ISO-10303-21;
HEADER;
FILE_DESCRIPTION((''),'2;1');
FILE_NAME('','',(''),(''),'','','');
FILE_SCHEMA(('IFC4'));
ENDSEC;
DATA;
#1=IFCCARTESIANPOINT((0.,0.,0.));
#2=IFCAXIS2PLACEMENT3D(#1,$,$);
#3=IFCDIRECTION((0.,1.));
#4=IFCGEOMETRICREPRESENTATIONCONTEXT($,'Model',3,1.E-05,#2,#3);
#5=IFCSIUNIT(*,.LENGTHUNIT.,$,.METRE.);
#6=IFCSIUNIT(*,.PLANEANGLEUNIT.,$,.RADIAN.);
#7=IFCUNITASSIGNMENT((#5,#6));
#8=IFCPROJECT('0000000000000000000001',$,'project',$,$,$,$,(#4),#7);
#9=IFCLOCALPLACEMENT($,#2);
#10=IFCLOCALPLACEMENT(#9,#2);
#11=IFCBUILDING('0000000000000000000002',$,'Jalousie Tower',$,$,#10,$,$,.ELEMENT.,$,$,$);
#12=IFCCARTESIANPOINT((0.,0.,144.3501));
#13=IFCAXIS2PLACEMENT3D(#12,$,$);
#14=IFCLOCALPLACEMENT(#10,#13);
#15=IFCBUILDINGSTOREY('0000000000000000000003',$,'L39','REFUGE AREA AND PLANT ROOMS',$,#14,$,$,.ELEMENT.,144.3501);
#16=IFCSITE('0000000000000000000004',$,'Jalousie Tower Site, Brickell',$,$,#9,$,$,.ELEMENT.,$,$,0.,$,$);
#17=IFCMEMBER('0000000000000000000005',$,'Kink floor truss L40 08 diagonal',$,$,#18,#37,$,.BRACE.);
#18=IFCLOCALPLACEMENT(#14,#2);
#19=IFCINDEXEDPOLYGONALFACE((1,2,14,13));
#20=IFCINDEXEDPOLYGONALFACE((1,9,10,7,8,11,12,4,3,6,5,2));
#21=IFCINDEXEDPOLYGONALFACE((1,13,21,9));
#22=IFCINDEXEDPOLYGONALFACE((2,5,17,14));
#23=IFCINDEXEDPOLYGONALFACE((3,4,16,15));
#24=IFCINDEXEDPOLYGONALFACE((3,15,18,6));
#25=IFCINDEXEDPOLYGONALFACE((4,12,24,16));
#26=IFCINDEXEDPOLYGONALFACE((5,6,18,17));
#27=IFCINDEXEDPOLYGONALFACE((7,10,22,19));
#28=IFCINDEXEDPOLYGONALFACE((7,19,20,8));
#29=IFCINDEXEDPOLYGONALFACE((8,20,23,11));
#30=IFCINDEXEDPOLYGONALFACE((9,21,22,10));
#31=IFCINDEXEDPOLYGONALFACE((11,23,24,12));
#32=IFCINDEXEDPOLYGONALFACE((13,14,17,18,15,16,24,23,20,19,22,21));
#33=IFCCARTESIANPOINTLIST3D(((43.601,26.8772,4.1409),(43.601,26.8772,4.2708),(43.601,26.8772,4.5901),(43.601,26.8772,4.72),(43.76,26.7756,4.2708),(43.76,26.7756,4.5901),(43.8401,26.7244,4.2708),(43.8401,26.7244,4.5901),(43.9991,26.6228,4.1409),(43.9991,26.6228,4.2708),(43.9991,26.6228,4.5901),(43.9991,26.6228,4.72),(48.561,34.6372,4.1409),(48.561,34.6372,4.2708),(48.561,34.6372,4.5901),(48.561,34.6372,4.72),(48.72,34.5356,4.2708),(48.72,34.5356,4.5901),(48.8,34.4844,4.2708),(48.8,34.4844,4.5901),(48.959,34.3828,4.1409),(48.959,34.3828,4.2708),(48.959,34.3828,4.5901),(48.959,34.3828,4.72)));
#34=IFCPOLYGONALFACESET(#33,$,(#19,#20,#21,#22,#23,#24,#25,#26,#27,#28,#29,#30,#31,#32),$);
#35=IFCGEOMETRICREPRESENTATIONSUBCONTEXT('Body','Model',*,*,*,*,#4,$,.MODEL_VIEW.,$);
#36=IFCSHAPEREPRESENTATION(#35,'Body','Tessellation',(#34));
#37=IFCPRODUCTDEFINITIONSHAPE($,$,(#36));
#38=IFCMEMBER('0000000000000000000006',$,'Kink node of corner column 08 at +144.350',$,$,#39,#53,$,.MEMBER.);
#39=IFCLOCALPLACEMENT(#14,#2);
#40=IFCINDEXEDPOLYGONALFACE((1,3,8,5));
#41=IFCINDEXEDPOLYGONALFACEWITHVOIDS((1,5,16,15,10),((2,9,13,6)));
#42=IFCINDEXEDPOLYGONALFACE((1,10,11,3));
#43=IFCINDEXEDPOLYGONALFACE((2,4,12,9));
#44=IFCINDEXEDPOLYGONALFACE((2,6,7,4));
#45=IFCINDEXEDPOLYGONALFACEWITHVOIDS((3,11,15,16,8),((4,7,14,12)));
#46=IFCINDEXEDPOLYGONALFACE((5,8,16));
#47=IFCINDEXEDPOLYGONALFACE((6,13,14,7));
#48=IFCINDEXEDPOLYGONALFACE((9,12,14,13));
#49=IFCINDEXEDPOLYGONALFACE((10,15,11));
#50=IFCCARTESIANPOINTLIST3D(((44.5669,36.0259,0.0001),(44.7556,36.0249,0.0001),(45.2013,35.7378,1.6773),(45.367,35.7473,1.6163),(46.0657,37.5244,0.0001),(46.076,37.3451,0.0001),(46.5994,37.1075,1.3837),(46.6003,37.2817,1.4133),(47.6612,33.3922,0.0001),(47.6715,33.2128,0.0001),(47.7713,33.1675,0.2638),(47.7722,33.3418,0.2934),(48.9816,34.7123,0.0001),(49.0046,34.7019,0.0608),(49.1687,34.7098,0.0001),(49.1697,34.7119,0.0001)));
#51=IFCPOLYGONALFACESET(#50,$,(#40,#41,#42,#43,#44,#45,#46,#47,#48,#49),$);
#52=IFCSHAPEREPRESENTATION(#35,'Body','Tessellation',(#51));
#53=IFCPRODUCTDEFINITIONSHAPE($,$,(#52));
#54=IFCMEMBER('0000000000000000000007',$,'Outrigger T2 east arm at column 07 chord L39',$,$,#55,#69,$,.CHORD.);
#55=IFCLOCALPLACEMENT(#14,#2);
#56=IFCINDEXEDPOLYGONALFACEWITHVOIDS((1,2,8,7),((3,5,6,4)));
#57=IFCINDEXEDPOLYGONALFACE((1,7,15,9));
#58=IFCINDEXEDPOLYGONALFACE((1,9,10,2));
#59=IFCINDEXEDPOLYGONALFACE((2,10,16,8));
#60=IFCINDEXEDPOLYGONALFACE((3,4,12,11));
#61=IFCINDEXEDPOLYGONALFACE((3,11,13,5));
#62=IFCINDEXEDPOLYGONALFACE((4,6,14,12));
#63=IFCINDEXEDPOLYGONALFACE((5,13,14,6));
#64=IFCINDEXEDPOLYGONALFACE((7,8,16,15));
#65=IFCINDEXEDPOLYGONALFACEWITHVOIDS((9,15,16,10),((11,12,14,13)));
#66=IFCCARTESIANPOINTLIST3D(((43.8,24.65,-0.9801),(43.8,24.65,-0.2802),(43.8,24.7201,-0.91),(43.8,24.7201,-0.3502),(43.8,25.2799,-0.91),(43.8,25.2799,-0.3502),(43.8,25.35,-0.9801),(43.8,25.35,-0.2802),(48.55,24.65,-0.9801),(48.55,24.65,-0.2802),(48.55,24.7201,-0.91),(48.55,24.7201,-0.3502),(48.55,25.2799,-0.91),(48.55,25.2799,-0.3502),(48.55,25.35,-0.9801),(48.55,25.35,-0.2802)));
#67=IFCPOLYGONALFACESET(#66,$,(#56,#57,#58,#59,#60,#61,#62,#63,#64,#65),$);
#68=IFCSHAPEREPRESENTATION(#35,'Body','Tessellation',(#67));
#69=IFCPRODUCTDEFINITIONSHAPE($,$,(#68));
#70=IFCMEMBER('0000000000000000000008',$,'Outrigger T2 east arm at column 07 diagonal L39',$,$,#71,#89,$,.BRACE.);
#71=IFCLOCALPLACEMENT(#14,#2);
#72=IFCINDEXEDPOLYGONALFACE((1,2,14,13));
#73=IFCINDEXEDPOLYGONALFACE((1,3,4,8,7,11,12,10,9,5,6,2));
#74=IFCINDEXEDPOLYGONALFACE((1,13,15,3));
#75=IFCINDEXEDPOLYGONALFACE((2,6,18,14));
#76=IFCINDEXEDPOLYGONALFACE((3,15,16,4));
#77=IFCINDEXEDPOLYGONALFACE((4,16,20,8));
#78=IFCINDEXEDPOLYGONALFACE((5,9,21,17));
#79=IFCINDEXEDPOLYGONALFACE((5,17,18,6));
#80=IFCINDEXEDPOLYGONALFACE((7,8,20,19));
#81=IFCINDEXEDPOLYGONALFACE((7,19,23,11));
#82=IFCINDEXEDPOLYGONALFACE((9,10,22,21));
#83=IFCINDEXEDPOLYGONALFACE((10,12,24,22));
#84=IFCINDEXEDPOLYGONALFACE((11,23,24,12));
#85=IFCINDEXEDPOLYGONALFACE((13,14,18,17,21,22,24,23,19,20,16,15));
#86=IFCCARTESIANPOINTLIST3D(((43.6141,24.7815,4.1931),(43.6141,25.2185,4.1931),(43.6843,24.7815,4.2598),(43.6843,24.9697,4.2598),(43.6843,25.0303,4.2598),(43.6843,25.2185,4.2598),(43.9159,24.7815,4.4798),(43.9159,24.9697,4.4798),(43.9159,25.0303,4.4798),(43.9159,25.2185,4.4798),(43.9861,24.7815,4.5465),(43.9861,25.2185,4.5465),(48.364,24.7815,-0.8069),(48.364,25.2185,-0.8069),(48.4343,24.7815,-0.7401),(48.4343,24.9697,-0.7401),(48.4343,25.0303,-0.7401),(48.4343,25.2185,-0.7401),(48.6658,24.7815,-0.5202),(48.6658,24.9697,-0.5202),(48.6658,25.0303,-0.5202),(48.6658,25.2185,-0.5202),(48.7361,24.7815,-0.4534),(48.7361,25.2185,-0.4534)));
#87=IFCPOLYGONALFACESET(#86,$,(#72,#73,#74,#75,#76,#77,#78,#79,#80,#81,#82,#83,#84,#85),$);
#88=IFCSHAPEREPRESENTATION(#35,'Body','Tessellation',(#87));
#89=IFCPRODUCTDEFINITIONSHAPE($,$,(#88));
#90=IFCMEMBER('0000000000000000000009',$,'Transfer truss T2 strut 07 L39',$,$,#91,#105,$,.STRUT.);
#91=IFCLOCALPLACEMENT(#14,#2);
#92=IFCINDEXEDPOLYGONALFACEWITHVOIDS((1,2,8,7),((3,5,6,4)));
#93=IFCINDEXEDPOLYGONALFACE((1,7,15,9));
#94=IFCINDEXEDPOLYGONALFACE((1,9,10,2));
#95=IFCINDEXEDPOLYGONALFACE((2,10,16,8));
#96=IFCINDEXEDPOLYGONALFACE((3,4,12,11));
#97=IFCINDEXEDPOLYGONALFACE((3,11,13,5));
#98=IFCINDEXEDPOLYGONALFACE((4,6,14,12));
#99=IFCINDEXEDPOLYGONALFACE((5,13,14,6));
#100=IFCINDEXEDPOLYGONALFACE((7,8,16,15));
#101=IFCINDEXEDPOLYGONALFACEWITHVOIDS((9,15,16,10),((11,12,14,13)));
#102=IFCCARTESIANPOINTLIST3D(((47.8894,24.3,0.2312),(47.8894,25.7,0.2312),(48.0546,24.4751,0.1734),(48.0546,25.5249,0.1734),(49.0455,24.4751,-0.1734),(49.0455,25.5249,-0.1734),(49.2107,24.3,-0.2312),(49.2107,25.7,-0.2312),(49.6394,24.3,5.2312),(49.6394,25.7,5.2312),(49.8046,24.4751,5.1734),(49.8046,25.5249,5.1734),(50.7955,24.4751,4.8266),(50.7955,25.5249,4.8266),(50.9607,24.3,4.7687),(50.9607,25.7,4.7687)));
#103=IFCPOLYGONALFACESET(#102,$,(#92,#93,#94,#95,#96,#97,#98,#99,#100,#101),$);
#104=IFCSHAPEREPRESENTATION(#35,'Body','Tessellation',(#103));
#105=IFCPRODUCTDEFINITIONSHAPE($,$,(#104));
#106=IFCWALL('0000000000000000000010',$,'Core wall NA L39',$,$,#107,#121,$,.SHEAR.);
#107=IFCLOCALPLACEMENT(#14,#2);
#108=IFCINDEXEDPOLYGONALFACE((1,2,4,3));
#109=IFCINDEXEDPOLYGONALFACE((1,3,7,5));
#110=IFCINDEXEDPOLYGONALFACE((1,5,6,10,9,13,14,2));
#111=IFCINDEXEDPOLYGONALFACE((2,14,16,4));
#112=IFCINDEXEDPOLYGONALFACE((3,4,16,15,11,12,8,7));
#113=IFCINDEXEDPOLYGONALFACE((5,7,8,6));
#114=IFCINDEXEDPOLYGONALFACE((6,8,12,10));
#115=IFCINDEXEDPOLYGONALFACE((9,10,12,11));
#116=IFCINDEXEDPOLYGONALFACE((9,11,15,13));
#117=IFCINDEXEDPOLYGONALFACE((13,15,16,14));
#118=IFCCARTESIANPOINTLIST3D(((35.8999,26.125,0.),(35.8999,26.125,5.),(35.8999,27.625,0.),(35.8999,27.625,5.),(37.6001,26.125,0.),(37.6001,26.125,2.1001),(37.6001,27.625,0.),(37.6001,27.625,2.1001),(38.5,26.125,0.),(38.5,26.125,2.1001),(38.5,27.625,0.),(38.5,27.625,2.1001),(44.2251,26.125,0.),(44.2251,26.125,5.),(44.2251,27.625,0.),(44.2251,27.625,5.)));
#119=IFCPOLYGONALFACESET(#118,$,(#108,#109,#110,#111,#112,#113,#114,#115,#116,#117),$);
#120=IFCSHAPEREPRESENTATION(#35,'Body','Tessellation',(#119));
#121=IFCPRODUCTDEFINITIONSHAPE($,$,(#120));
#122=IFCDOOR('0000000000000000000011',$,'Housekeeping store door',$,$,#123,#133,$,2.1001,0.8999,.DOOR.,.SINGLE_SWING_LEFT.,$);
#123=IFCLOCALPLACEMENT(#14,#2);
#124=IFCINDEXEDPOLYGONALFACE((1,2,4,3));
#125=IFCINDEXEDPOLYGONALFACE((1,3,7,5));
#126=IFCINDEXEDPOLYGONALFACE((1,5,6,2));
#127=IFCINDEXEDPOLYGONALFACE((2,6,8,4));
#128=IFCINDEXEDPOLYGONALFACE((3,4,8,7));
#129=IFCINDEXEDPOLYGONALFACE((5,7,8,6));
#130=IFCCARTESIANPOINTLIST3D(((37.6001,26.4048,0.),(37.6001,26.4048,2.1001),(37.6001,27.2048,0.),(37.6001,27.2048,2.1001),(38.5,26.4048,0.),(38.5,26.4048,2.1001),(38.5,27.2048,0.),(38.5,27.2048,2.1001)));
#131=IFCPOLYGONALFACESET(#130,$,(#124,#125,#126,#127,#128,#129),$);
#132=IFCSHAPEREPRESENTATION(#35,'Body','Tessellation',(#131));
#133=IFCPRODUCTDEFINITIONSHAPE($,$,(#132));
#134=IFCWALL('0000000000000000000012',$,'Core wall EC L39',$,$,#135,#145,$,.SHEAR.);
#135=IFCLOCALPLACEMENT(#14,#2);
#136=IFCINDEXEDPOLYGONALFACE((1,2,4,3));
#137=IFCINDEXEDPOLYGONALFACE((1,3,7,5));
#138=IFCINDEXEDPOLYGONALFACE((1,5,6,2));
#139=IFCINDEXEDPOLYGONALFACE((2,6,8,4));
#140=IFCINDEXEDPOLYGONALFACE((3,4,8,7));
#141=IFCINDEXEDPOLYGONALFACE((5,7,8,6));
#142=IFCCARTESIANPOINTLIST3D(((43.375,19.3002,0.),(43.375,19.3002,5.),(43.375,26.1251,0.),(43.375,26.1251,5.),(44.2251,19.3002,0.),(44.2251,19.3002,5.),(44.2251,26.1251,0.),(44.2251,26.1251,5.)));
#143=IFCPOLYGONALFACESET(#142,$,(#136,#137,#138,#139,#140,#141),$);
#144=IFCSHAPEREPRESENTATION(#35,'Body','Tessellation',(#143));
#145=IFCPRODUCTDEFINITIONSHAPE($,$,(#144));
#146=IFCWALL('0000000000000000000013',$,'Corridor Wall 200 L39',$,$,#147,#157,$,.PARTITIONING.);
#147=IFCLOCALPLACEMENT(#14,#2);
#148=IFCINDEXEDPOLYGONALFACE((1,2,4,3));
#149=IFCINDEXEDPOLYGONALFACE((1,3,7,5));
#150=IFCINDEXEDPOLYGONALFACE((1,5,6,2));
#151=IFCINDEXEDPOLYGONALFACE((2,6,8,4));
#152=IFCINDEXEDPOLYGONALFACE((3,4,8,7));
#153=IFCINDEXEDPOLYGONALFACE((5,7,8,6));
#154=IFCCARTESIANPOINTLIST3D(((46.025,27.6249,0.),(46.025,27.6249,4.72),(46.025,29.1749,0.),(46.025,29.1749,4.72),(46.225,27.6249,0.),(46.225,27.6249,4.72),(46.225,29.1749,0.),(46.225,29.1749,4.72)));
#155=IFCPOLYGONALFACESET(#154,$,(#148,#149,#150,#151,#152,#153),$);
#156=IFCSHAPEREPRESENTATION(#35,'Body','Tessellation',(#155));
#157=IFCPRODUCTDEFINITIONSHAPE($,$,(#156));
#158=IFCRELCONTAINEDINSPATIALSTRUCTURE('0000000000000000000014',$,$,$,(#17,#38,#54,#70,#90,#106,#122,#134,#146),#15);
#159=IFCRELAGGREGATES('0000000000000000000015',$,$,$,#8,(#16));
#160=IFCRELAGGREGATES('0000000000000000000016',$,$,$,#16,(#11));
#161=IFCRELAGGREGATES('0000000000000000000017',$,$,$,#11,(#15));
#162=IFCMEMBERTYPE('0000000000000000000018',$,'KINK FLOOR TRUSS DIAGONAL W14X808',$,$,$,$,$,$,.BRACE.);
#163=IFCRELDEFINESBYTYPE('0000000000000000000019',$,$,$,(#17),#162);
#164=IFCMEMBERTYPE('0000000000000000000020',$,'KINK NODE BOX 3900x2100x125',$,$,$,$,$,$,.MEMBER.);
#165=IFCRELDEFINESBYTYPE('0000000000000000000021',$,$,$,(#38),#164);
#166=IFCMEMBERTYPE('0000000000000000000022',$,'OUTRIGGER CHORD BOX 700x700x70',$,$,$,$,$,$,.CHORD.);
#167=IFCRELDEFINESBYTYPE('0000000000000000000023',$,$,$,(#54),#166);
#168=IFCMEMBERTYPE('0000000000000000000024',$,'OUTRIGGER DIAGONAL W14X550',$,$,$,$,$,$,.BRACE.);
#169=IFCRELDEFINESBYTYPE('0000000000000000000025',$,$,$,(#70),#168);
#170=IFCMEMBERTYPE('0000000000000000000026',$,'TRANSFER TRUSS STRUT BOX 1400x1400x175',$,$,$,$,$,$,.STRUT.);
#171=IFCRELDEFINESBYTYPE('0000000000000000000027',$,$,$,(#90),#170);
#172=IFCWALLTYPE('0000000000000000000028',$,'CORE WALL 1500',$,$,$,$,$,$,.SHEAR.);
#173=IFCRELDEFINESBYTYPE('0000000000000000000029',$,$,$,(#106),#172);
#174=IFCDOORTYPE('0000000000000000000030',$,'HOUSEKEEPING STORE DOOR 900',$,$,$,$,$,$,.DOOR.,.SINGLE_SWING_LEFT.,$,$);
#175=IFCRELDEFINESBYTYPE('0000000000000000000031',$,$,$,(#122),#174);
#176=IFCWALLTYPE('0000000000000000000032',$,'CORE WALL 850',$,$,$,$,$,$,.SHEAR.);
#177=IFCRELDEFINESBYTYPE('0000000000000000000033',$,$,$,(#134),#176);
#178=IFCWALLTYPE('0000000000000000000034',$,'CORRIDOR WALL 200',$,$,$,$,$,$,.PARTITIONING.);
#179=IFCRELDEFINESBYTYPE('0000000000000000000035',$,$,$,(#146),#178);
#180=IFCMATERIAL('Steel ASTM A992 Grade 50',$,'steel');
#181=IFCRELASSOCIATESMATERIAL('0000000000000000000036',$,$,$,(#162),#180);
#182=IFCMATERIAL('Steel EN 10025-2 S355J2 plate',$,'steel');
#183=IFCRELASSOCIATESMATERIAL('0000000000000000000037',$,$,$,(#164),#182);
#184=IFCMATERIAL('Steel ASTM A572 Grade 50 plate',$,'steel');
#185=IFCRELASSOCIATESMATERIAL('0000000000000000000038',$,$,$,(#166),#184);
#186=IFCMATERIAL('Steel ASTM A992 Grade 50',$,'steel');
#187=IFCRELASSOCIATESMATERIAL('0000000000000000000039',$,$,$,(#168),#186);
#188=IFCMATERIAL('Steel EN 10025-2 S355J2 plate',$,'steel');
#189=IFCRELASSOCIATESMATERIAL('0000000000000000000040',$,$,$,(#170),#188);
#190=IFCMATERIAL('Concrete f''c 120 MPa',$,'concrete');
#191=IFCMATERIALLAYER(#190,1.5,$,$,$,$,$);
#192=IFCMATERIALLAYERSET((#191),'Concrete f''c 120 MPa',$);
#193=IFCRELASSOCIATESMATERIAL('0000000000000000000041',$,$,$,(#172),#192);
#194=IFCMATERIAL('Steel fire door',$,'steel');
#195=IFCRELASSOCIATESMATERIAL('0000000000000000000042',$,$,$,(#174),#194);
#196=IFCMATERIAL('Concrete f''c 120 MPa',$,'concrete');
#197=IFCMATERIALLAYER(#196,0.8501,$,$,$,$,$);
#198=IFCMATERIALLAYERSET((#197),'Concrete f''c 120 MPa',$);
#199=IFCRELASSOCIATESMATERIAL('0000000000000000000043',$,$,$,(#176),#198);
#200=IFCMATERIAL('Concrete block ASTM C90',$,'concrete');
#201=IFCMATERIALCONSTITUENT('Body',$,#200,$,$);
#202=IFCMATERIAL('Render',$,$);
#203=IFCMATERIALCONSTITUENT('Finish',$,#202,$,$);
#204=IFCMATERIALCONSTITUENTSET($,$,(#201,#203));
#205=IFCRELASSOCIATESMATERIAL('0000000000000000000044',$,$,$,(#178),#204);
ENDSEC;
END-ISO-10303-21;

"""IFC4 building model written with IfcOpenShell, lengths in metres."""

from ifc_helpers import new_model, si_unit, direction, frame, frame_2d, origin, origin_2d, place, context, subcontext, project, spatial, rectangle, hollow_rectangle, i_section, extrude, clip, halfspace, material, layer, layer_set, constituent, constituent_set, material_profile, profile_set, type_object, element, fill, save


model = new_model("IFC4")

# Units and contexts
model_context = context("Model", 3, precision=1e-05, world=origin(), true_north=direction((0.0, 1.0)))
body_context = subcontext(model_context, "Body", "Model", "MODEL_VIEW")
ifc_project = project(units=[si_unit("LENGTHUNIT", "METRE"), si_unit("PLANEANGLEUNIT", "RADIAN")], contexts=[model_context])

# Site, building, storey
site_placement = place(None, origin())
site = spatial("IfcSite", under=ifc_project, at=site_placement, Name="Jalousie Tower Site, Brickell", CompositionType="ELEMENT", RefElevation=0.0)
building_placement = place(site_placement, origin())
building = spatial("IfcBuilding", under=site, at=building_placement, Name="Jalousie Tower", CompositionType="ELEMENT")
storey_placement = place(building_placement, frame((0.0, 0.0, 144.3501)))
storey = spatial("IfcBuildingStorey", under=building, at=storey_placement, Name="L39", Description="REFUGE AREA AND PLANT ROOMS", CompositionType="ELEMENT", Elevation=144.3501)

# Members
ifc_material_1 = material(Name="Steel ASTM A992 Grade 50", Category="steel")
ifc_material_profile_1 = material_profile(ifc_material_1, i_section(OverallWidth=0.4724, OverallDepth=0.5791, WebThickness=0.095, FlangeThickness=0.1299, at=origin_2d()), Name="W14X808")
ifc_profile_set_1 = profile_set([ifc_material_profile_1], Name="Steel ASTM A992 Grade 50")
member_type_1 = type_object("IfcMemberType", Name="KINK FLOOR TRUSS DIAGONAL W14X808", PredefinedType="BRACE", material=ifc_profile_set_1)
member_1_placement = place(storey_placement, frame((48.76, 34.51, 4.4304), z_axis=(-0.538557, -0.842589, 0.0), x_axis=(0.842589, -0.538557, 0.0)))
element("IfcMember", 1, at=member_1_placement, inside=storey, type_object=member_type_1, Name="Kink floor truss L40 08 diagonal", PredefinedType="BRACE", context=body_context, shape_type="SweptSolid", body=[
    extrude(i_section(OverallWidth=0.4724, OverallDepth=0.5791, WebThickness=0.095, FlangeThickness=0.1299, at=origin_2d()), origin(), (0.0, 0.0, 1.0), 9.2097),
])
ifc_material_2 = material(Name="Steel EN 10025-2 S355J2 plate", Category="steel")
ifc_material_profile_2 = material_profile(ifc_material_2, hollow_rectangle(XDim=2.1001, YDim=3.8999, WallThickness=0.125, at=origin_2d()), Name="BOX 3900x2100x125")
ifc_profile_set_2 = profile_set([ifc_material_profile_2], Name="Steel EN 10025-2 S355J2 plate")
member_type_2 = type_object("IfcMemberType", Name="KINK NODE BOX 3900x2100x125", PredefinedType="MEMBER", material=ifc_profile_set_2)
member_2_placement = place(storey_placement, frame((46.5513, 35.5127, -0.8389), z_axis=(0.349315, -0.158596, 0.923486), x_axis=(-0.666127, -0.735167, 0.125712)))
element("IfcMember", 2, at=member_2_placement, inside=storey, type_object=member_type_2, Name="Kink node of corner column 08 at +144.350", PredefinedType="MEMBER", context=body_context, shape_type="Clipping", body=[
    clip(extrude(hollow_rectangle(XDim=2.1001, YDim=3.8999, WallThickness=0.125, at=origin_2d()), origin(), (0.0, 0.0, 1.0), 1.8164), halfspace(frame((0.0, 0.0, 0.9084), z_axis=(0.125712, -0.36245, 0.923486)), True)),
])
ifc_material_3 = material(Name="Steel ASTM A572 Grade 50 plate", Category="steel")
ifc_material_profile_3 = material_profile(ifc_material_3, hollow_rectangle(XDim=0.7, YDim=0.7, WallThickness=0.0701, at=origin_2d()), Name="BOX 700x700x70")
ifc_profile_set_3 = profile_set([ifc_material_profile_3], Name="Steel ASTM A572 Grade 50 plate")
member_type_3 = type_object("IfcMemberType", Name="OUTRIGGER CHORD BOX 700x700x70", PredefinedType="CHORD", material=ifc_profile_set_3)
member_3_placement = place(storey_placement, frame((48.55, 25.0, -0.6301), z_axis=(-1.0, 0.0, 0.0), x_axis=(0.0, -1.0, 0.0)))
element("IfcMember", 3, at=member_3_placement, inside=storey, type_object=member_type_3, Name="Outrigger T2 east arm at column 07 chord L39", PredefinedType="CHORD", context=body_context, shape_type="SweptSolid", body=[
    extrude(hollow_rectangle(XDim=0.7, YDim=0.7, WallThickness=0.0701, at=origin_2d()), origin(), (0.0, 0.0, 1.0), 4.75),
])
ifc_material_4 = material(Name="Steel ASTM A992 Grade 50", Category="steel")
ifc_material_profile_4 = material_profile(ifc_material_4, i_section(OverallWidth=0.437, OverallDepth=0.5132, WebThickness=0.0605, FlangeThickness=0.0969, at=origin_2d()), Name="W14X550")
ifc_profile_set_4 = profile_set([ifc_material_profile_4], Name="Steel ASTM A992 Grade 50")
member_type_4 = type_object("IfcMemberType", Name="OUTRIGGER DIAGONAL W14X550", PredefinedType="BRACE", material=ifc_profile_set_4)
member_4_placement = place(storey_placement, frame((48.55, 25.0, -0.6301), z_axis=(-0.688749, 0.0, 0.724999), x_axis=(0.0, -1.0, 0.0)))
element("IfcMember", 4, at=member_4_placement, inside=storey, type_object=member_type_4, Name="Outrigger T2 east arm at column 07 diagonal L39", PredefinedType="BRACE", context=body_context, shape_type="SweptSolid", body=[
    extrude(i_section(OverallWidth=0.437, OverallDepth=0.5132, WebThickness=0.0605, FlangeThickness=0.0969, at=origin_2d()), origin(), (0.0, 0.0, 1.0), 6.8965),
])
ifc_material_5 = material(Name="Steel EN 10025-2 S355J2 plate", Category="steel")
ifc_material_profile_5 = material_profile(ifc_material_5, hollow_rectangle(XDim=1.3999, YDim=1.3999, WallThickness=0.175, at=origin_2d()), Name="BOX 1400x1400x175")
ifc_profile_set_5 = profile_set([ifc_material_profile_5], Name="Steel EN 10025-2 S355J2 plate")
member_type_5 = type_object("IfcMemberType", Name="TRANSFER TRUSS STRUT BOX 1400x1400x175", PredefinedType="STRUT", material=ifc_profile_set_5)
member_5_placement = place(storey_placement, frame((48.55, 25.0, 0.0), z_axis=(0.33035, 0.0, 0.943858), x_axis=(0.0, 1.0, 0.0)))
element("IfcMember", 5, at=member_5_placement, inside=storey, type_object=member_type_5, Name="Transfer truss T2 strut 07 L39", PredefinedType="STRUT", context=body_context, shape_type="SweptSolid", body=[
    extrude(hollow_rectangle(XDim=1.3999, YDim=1.3999, WallThickness=0.175, at=origin_2d()), origin(), (0.0, 0.0, 1.0), 5.2974),
])

# Wall, opening, door
ifc_material_6 = material(Name="Concrete f'c 120 MPa", Category="concrete")
ifc_layer_1 = layer(ifc_material_6, 1.5)
ifc_layer_set_1 = layer_set([ifc_layer_1], Name="Concrete f'c 120 MPa")
wall_type_1 = type_object("IfcWallType", Name="CORE WALL 1500", PredefinedType="SHEAR", material=ifc_layer_set_1)
wall_1_placement = place(storey_placement, frame((44.2251, 26.875, 0.0), z_axis=(0.0, 0.0, 1.0), x_axis=(-1.0, 0.0, 0.0)))
wall_1 = element("IfcWall", 6, at=wall_1_placement, inside=storey, type_object=wall_type_1, Name="Core wall NA L39", PredefinedType="SHEAR", context=body_context, shape_type="SweptSolid", body=[
    extrude(rectangle(XDim=8.3252, YDim=1.5, at=frame_2d((4.1626, 0.0))), origin(), (0.0, 0.0, 1.0), 5.0),
])
opening_placement = place(wall_1_placement, frame((5.7251, 0.0, 0.0)))
opening = element("IfcOpeningElement", 7, at=opening_placement, cuts=wall_1, PredefinedType="OPENING", context=body_context, shape_type="SweptSolid", body=[
    extrude(rectangle(XDim=0.8999, YDim=2.1001, at=frame_2d((0.45, 1.05))), frame((0.0, 0.76, 0.0), z_axis=(0.0, -1.0, 0.0), x_axis=(1.0, 0.0, 0.0)), (0.0, 0.0, 1.0), 1.52),
])
ifc_material_7 = material(Name="Steel fire door", Category="steel")
door_type = type_object("IfcDoorType", Name="HOUSEKEEPING STORE DOOR 900", OperationType="SINGLE_SWING_LEFT", PredefinedType="DOOR", material=ifc_material_7)
door_placement = place(opening_placement, origin())
door = element("IfcDoor", 8, at=door_placement, inside=storey, type_object=door_type, Name="Housekeeping store door", OperationType="SINGLE_SWING_LEFT", OverallHeight=2.1001, OverallWidth=0.8999, PredefinedType="DOOR", context=body_context, shape_type="SweptSolid", body=[
    extrude(rectangle(XDim=0.8999, YDim=2.1001, at=frame_2d((0.45, 1.05))), frame((0.0, 0.4702, 0.0), z_axis=(0.0, -1.0, 0.0), x_axis=(1.0, 0.0, 0.0)), (0.0, 0.0, 1.0), 0.8),
])
fill(opening, door)

# Walls
ifc_material_8 = material(Name="Concrete f'c 120 MPa", Category="concrete")
ifc_layer_2 = layer(ifc_material_8, 0.8501)
ifc_layer_set_2 = layer_set([ifc_layer_2], Name="Concrete f'c 120 MPa")
wall_type_2 = type_object("IfcWallType", Name="CORE WALL 850", PredefinedType="SHEAR", material=ifc_layer_set_2)
wall_2_placement = place(storey_placement, frame((43.8, 19.3, 0.0), z_axis=(0.0, 0.0, 1.0), x_axis=(0.0, 1.0, 0.0)))
element("IfcWall", 9, at=wall_2_placement, inside=storey, type_object=wall_type_2, Name="Core wall EC L39", PredefinedType="SHEAR", context=body_context, shape_type="SweptSolid", body=[
    extrude(rectangle(XDim=6.825, YDim=0.8501, at=frame_2d((3.4126, 0.0))), origin(), (0.0, 0.0, 1.0), 5.0),
])
ifc_material_9 = material(Name="Concrete block ASTM C90", Category="concrete")
ifc_constituent_1 = constituent(ifc_material_9, Name="Body")
ifc_material_10 = material(Name="Render")
ifc_constituent_2 = constituent(ifc_material_10, Name="Finish")
ifc_constituent_set_1 = constituent_set(constituents=[ifc_constituent_1, ifc_constituent_2])
wall_type_3 = type_object("IfcWallType", Name="CORRIDOR WALL 200", PredefinedType="PARTITIONING", material=ifc_constituent_set_1)
wall_3_placement = place(storey_placement, frame((46.125, 27.625, 0.0), z_axis=(0.0, 0.0, 1.0), x_axis=(0.0, 1.0, 0.0)))
element("IfcWall", 10, at=wall_3_placement, inside=storey, type_object=wall_type_3, Name="Corridor Wall 200 L39", PredefinedType="PARTITIONING", context=body_context, shape_type="SweptSolid", body=[
    extrude(rectangle(XDim=1.55, YDim=0.2, at=frame_2d((0.7749, 0.0))), origin(), (0.0, 0.0, 1.0), 4.72),
])

save(model, "model.ifc")
